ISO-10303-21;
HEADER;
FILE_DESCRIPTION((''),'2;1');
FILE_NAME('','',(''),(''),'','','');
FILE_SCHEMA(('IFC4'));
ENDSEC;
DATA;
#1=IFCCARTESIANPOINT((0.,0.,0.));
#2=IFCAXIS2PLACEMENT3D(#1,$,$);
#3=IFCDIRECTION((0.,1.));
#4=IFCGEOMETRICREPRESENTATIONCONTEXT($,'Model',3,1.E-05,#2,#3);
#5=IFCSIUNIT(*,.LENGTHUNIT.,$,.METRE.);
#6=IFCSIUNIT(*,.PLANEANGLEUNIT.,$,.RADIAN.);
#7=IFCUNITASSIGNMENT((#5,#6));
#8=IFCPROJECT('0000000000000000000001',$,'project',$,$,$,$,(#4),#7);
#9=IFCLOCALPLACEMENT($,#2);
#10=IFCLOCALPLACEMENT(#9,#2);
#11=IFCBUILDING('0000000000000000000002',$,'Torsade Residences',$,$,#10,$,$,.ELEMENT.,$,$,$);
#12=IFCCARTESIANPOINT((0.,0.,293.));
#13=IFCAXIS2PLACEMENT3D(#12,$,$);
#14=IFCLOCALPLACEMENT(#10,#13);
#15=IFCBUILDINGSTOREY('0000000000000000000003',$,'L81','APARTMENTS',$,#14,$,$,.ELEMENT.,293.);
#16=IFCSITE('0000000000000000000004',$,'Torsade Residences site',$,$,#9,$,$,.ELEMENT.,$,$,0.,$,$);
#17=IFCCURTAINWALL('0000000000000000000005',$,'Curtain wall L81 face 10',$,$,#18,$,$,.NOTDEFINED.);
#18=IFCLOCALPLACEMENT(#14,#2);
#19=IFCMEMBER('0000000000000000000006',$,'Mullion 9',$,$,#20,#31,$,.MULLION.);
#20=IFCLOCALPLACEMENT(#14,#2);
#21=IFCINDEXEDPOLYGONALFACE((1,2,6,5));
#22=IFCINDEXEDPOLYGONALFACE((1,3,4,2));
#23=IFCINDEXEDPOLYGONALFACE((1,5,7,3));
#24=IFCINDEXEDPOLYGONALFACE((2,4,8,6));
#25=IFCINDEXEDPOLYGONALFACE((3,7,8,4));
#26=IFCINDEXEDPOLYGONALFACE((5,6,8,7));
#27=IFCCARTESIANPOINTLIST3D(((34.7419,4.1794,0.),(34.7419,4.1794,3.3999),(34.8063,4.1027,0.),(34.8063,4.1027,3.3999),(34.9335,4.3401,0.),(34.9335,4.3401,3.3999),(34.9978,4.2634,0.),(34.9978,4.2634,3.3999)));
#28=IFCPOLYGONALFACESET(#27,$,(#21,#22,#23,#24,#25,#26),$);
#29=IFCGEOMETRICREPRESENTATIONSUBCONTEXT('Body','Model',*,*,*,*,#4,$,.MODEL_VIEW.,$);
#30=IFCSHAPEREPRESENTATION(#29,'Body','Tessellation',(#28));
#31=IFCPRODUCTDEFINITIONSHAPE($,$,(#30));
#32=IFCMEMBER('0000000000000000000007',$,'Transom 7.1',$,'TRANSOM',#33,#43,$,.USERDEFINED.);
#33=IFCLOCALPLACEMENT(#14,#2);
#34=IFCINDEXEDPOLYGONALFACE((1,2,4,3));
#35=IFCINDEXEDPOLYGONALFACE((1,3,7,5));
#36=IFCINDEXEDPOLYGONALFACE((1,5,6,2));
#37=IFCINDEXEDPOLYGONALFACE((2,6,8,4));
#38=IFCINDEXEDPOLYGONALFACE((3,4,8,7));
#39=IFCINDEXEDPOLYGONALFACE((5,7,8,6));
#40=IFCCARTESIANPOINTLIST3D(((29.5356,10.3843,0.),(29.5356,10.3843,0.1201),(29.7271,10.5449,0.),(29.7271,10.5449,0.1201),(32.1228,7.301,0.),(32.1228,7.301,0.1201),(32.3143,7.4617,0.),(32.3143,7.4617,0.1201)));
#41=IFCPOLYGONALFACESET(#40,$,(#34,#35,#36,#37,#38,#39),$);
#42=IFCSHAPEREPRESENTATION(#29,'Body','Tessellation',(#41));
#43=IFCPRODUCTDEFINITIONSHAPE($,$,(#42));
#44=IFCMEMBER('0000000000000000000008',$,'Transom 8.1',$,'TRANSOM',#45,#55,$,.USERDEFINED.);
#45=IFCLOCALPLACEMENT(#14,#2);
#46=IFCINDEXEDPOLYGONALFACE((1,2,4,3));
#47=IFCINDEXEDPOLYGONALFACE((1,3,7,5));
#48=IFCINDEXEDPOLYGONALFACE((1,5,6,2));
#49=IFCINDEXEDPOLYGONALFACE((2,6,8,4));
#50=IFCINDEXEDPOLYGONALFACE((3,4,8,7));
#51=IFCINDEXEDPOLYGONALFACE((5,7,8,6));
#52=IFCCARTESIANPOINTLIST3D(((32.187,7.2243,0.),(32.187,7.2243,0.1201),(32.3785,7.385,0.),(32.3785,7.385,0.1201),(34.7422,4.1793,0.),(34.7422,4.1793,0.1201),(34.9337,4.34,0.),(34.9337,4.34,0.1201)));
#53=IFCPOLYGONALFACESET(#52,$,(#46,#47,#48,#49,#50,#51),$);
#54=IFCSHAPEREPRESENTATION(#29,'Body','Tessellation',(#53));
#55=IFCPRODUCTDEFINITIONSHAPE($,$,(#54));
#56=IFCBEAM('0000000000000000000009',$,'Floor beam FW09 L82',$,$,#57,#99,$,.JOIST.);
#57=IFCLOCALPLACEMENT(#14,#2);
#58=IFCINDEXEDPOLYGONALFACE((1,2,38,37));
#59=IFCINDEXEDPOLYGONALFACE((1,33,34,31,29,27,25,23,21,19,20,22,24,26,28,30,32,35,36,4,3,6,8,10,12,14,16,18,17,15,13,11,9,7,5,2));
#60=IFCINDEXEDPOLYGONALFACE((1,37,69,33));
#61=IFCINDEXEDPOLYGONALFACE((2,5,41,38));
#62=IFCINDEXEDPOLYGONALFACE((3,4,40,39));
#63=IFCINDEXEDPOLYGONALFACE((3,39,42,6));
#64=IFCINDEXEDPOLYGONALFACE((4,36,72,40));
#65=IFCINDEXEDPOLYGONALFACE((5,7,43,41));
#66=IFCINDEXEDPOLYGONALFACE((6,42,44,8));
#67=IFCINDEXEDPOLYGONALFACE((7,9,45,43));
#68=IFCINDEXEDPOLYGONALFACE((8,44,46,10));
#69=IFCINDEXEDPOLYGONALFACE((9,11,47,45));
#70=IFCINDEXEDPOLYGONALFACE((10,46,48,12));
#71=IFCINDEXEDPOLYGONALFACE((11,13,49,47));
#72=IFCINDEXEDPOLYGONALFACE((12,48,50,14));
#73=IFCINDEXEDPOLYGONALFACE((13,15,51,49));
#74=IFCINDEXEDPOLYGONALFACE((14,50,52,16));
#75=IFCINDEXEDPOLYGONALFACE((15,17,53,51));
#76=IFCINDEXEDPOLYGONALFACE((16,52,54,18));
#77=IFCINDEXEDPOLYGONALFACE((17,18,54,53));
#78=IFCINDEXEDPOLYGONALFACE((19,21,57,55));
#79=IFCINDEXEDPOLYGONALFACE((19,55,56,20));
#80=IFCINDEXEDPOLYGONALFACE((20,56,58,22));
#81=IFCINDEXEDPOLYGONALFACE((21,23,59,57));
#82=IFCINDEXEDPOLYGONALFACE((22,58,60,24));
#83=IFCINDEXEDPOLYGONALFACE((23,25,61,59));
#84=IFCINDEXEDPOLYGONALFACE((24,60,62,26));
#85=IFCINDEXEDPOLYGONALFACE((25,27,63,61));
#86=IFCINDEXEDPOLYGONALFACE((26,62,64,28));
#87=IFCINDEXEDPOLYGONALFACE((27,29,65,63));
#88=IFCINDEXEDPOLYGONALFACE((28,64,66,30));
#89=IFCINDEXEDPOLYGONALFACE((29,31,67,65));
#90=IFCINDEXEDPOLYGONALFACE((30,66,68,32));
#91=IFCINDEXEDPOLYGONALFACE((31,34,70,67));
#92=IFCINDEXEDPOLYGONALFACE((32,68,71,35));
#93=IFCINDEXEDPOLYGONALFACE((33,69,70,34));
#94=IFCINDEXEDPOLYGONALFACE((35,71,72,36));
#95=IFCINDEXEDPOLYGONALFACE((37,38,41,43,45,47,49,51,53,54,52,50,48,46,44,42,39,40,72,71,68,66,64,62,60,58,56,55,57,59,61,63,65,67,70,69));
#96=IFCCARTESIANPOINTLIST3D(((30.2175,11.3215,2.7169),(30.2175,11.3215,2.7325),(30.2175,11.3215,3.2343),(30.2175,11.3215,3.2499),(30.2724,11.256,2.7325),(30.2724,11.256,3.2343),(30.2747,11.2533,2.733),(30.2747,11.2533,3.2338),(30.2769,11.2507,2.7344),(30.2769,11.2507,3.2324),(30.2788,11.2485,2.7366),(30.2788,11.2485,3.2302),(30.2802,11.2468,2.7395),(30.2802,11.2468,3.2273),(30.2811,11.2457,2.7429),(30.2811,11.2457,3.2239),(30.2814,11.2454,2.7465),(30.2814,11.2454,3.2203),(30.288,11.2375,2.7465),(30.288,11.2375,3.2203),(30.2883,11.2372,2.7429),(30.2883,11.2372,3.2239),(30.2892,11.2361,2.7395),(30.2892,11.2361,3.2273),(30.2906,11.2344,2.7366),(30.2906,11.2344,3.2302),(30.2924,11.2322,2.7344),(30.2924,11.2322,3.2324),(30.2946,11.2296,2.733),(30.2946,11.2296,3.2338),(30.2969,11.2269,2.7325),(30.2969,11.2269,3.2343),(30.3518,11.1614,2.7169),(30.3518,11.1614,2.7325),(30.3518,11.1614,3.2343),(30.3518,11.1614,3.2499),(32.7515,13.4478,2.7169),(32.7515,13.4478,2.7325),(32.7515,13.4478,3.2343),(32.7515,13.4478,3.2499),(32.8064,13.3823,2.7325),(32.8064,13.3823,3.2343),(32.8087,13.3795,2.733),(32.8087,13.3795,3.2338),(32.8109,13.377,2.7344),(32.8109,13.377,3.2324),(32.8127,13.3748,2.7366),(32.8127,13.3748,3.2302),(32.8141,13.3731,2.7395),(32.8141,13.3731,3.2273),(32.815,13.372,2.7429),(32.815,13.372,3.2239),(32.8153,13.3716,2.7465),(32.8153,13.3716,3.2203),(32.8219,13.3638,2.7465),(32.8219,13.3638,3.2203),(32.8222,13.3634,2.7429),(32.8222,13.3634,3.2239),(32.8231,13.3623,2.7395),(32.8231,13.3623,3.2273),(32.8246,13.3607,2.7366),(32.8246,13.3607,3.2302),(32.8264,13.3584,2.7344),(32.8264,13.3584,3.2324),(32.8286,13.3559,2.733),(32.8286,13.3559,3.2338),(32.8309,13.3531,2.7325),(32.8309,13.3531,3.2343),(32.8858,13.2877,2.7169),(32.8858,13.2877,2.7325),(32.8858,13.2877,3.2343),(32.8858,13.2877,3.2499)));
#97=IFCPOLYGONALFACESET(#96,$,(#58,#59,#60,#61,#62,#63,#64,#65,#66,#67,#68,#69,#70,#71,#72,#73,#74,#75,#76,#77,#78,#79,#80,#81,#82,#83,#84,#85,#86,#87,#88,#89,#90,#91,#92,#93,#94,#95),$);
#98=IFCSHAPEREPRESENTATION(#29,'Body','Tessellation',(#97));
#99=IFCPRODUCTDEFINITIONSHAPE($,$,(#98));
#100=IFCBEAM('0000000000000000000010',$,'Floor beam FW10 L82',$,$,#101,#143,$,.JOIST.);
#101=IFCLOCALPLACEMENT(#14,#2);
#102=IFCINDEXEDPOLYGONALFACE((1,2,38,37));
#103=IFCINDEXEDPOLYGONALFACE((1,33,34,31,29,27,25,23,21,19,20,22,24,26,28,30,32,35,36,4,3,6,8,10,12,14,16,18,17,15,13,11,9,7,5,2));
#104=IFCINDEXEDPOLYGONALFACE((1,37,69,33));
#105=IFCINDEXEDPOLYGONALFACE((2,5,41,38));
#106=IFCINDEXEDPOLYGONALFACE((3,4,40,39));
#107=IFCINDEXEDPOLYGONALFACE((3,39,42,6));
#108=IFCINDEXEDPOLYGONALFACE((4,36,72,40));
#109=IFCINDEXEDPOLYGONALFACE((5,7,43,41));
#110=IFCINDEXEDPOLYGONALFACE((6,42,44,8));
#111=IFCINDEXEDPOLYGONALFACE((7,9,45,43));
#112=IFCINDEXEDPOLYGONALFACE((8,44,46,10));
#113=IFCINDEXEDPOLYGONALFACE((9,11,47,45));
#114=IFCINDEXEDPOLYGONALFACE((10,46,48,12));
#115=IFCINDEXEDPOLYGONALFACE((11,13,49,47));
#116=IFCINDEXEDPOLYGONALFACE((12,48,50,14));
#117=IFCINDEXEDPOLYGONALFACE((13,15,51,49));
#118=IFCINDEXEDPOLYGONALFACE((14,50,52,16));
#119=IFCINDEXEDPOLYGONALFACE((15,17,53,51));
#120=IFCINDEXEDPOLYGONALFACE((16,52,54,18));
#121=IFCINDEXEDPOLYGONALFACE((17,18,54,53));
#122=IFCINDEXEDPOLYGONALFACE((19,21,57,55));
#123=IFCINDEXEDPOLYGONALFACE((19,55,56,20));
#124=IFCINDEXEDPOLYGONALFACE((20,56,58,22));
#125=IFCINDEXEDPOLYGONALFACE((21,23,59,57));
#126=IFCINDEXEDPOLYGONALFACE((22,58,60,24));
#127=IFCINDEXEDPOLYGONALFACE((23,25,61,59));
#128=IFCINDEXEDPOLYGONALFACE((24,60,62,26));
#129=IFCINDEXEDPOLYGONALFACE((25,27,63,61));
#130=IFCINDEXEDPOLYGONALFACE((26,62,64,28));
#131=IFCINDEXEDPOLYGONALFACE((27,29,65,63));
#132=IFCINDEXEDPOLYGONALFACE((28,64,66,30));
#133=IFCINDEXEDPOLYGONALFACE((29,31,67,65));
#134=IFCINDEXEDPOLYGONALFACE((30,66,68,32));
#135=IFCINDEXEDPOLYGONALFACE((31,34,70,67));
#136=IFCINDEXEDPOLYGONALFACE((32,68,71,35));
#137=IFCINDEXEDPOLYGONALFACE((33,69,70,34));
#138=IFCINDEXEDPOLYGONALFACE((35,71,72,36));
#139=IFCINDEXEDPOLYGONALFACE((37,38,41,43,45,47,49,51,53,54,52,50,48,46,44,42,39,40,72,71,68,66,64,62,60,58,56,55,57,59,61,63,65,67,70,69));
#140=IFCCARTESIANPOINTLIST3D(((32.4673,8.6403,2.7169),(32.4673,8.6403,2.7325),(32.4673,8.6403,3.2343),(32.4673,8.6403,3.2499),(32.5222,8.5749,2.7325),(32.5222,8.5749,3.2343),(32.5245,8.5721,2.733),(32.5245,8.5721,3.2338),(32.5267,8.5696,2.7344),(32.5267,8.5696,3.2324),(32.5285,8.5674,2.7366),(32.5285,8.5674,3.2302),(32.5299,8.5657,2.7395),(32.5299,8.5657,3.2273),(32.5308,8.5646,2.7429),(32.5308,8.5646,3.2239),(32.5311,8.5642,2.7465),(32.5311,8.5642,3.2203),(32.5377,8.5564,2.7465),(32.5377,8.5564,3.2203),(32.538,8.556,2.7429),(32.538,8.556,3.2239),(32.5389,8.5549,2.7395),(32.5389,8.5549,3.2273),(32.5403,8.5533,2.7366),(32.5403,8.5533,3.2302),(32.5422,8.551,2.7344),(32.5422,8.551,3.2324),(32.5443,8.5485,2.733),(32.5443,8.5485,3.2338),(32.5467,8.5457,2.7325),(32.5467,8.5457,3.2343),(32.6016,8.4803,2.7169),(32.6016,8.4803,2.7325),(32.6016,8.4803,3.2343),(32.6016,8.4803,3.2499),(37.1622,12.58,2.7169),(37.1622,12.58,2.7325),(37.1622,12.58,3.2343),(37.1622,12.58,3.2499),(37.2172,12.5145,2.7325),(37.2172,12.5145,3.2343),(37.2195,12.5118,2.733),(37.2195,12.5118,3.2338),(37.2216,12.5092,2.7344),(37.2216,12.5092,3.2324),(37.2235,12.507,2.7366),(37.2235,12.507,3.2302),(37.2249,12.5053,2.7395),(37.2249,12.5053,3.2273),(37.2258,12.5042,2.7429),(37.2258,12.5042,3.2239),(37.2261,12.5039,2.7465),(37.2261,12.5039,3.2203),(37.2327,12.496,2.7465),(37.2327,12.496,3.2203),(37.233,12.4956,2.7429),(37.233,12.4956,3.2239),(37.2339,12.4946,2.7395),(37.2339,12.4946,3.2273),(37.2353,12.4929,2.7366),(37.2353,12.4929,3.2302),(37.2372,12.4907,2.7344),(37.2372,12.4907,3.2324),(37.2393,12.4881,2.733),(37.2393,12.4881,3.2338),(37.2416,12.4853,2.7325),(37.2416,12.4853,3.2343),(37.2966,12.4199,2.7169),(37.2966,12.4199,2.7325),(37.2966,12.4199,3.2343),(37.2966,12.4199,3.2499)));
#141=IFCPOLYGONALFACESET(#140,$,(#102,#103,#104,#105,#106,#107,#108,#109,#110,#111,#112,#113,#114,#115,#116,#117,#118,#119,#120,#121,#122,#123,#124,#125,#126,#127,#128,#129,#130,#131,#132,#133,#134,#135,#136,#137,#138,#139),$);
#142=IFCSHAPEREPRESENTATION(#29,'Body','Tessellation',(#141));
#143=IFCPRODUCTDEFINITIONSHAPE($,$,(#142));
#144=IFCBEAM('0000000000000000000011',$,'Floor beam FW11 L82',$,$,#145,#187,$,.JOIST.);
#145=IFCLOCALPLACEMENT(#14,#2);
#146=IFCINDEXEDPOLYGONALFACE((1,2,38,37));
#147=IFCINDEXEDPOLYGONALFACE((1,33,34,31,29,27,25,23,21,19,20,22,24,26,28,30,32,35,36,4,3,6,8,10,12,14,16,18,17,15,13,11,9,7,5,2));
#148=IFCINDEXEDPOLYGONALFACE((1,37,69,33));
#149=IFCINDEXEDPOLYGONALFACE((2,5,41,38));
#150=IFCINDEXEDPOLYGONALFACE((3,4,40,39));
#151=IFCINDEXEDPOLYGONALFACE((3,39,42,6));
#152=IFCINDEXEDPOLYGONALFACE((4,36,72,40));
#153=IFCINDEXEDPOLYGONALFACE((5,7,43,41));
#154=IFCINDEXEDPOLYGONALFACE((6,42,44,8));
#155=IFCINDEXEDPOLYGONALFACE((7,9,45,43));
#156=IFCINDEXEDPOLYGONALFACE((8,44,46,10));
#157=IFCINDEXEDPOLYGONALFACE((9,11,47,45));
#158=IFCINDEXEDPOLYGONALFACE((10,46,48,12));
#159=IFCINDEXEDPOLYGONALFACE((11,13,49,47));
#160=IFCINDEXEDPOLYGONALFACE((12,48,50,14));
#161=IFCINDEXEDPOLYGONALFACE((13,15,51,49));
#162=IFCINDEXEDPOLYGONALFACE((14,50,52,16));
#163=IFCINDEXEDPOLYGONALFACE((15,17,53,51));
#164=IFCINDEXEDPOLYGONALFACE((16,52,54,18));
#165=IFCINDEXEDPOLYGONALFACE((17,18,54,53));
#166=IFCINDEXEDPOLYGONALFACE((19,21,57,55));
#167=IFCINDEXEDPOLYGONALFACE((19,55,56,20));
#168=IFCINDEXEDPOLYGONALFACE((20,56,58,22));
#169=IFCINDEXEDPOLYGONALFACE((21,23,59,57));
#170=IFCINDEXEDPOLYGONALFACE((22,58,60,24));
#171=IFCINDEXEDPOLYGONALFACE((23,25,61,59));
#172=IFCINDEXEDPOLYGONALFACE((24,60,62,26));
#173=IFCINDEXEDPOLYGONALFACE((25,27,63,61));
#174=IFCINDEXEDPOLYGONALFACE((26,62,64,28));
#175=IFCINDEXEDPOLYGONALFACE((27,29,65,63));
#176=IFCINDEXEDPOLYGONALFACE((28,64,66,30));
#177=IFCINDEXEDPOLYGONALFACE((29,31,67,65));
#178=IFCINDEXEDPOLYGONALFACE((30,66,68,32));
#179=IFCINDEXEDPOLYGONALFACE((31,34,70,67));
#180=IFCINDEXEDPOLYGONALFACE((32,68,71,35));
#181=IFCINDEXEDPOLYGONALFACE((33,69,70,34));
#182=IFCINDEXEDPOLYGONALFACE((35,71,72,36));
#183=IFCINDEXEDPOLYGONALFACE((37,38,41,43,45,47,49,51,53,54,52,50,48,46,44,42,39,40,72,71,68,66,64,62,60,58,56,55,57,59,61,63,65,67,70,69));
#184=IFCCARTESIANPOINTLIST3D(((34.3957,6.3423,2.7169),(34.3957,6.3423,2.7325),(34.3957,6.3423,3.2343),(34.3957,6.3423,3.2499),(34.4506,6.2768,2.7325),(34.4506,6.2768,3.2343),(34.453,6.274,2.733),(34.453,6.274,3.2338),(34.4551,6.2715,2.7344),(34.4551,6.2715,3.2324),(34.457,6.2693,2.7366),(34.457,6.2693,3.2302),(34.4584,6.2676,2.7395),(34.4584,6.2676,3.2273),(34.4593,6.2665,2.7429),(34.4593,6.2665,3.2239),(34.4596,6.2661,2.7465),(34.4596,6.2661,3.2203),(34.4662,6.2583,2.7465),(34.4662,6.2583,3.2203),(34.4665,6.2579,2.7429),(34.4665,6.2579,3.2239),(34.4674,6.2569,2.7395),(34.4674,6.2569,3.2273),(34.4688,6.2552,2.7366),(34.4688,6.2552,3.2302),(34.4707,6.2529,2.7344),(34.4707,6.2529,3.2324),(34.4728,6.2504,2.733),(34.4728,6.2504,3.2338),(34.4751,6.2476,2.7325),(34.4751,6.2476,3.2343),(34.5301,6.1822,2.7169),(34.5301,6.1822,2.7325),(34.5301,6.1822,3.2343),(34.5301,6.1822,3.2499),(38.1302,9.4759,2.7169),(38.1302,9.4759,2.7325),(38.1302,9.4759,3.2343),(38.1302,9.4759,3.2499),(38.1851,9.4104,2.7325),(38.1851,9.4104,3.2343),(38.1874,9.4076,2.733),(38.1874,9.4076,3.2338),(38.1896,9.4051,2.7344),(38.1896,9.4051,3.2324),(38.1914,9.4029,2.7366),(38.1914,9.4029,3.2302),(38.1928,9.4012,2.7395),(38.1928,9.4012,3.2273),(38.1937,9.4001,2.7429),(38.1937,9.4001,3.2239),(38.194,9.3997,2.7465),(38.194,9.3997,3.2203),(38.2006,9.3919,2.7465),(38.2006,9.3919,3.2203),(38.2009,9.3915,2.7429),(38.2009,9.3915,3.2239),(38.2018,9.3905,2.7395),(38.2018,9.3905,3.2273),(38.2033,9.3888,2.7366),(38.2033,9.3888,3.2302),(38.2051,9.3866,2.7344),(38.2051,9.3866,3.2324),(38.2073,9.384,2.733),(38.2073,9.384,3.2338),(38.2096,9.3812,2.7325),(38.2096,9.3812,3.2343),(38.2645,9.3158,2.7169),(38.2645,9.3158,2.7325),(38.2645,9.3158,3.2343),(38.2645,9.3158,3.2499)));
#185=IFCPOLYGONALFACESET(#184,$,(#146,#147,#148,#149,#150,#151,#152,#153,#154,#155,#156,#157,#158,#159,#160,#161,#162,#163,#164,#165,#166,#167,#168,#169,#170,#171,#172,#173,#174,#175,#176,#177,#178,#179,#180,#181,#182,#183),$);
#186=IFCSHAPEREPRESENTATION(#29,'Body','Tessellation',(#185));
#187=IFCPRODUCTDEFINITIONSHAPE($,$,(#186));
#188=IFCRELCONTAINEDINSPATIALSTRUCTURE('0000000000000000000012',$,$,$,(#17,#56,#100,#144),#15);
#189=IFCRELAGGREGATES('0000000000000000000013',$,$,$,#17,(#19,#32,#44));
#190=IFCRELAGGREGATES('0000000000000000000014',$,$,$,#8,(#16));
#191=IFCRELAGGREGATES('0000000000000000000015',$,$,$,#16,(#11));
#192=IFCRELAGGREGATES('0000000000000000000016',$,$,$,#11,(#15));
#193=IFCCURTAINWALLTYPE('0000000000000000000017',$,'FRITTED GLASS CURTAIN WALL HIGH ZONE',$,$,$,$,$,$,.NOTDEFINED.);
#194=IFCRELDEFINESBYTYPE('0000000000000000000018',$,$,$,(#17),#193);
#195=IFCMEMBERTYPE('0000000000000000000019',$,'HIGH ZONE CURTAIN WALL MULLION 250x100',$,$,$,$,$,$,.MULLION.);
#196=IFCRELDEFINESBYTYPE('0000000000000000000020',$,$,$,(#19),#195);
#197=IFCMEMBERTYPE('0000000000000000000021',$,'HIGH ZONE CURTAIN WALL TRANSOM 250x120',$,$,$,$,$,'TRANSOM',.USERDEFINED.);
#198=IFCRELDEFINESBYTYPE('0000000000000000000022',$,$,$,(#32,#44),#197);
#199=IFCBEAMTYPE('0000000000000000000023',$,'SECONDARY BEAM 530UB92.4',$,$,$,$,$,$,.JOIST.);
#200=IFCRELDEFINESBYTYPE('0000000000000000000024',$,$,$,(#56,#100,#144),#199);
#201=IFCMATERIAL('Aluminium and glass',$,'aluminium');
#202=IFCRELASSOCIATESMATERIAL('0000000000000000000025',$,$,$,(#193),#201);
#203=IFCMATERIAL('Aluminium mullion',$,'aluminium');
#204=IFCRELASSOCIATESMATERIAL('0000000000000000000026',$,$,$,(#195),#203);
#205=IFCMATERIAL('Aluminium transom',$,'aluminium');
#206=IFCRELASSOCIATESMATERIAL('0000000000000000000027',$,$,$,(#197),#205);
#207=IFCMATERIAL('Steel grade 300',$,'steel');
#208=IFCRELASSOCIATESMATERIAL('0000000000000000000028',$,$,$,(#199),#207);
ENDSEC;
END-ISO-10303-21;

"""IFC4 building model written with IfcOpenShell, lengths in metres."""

from ifc_helpers import new_model, si_unit, direction, frame, origin, origin_2d, place, context, subcontext, project, spatial, rectangle, i_section, extrude, material, material_profile, profile_set, type_object, element, aggregate, save


model = new_model("IFC4")

# Units and contexts
model_context = context("Model", 3, precision=1e-05, world=origin(), true_north=direction((0.0, 1.0)))
body_context = subcontext(model_context, "Body", "Model", "MODEL_VIEW")
ifc_project = project(units=[si_unit("LENGTHUNIT", "METRE"), si_unit("PLANEANGLEUNIT", "RADIAN")], contexts=[model_context])

# Site, building, storey
site_placement = place(None, origin())
site = spatial("IfcSite", under=ifc_project, at=site_placement, Name="Torsade Residences site", CompositionType="ELEMENT", RefElevation=0.0)
building_placement = place(site_placement, origin())
building = spatial("IfcBuilding", under=site, at=building_placement, Name="Torsade Residences", CompositionType="ELEMENT")
storey_placement = place(building_placement, frame((0.0, 0.0, 293.0)))
storey = spatial("IfcBuildingStorey", under=building, at=storey_placement, Name="L81", Description="APARTMENTS", CompositionType="ELEMENT", Elevation=293.0)

# Curtain wall, members
ifc_material_1 = material(Name="Aluminium and glass", Category="aluminium")
curtain_wall_type = type_object("IfcCurtainWallType", Name="FRITTED GLASS CURTAIN WALL HIGH ZONE", PredefinedType="NOTDEFINED", material=ifc_material_1)
curtain_wall_placement = place(storey_placement, origin())
curtain_wall = element("IfcCurtainWall", 1, at=curtain_wall_placement, inside=storey, type_object=curtain_wall_type, Name="Curtain wall L81 face 10", PredefinedType="NOTDEFINED")
ifc_material_2 = material(Name="Aluminium mullion", Category="aluminium")
ifc_material_profile_1 = material_profile(ifc_material_2, rectangle(XDim=0.25, YDim=0.1001, at=origin_2d()), Name="HIGH ZONE CURTAIN WALL MULLION 250x100")
ifc_profile_set_1 = profile_set([ifc_material_profile_1], Name="Aluminium mullion")
member_type_1 = type_object("IfcMemberType", Name="HIGH ZONE CURTAIN WALL MULLION 250x100", PredefinedType="MULLION", material=ifc_profile_set_1)
member_1_placement = place(storey_placement, frame((34.8699, 4.2214, 0.0), z_axis=(0.0, 0.0, 1.0), x_axis=(0.766044, 0.642788, 0.0)))
member_1 = element("IfcMember", 2, at=member_1_placement, type_object=member_type_1, Name="Mullion 9", PredefinedType="MULLION", context=body_context, shape_type="SweptSolid", body=[
    extrude(rectangle(XDim=0.25, YDim=0.1001, at=origin_2d()), origin(), (0.0, 0.0, 1.0), 3.3999),
])
ifc_material_3 = material(Name="Aluminium transom", Category="aluminium")
ifc_material_profile_2 = material_profile(ifc_material_3, rectangle(XDim=0.25, YDim=0.1201, at=origin_2d()), Name="HIGH ZONE CURTAIN WALL TRANSOM 250x120")
ifc_profile_set_2 = profile_set([ifc_material_profile_2], Name="Aluminium transom")
member_type_2 = type_object("IfcMemberType", Name="HIGH ZONE CURTAIN WALL TRANSOM 250x120", ElementType="TRANSOM", PredefinedType="USERDEFINED", material=ifc_profile_set_2)
member_2_placement = place(storey_placement, frame((29.6313, 10.4646, 0.0601), z_axis=(0.642788, -0.766044, 0.0), x_axis=(0.766044, 0.642788, 0.0)))
member_2 = element("IfcMember", 3, at=member_2_placement, type_object=member_type_2, Name="Transom 7.1", ObjectType="TRANSOM", PredefinedType="USERDEFINED", context=body_context, shape_type="SweptSolid", body=[
    extrude(rectangle(XDim=0.25, YDim=0.1201, at=origin_2d()), origin(), (0.0, 0.0, 1.0), 4.0249),
])
member_3_placement = place(storey_placement, frame((32.2827, 7.3047, 0.0601), z_axis=(0.642815, -0.766022, 0.0), x_axis=(0.766022, 0.642815, 0.0)))
member_3 = element("IfcMember", 4, at=member_3_placement, type_object=member_type_2, Name="Transom 8.1", ObjectType="TRANSOM", PredefinedType="USERDEFINED", context=body_context, shape_type="SweptSolid", body=[
    extrude(rectangle(XDim=0.25, YDim=0.1201, at=origin_2d()), origin(), (0.0, 0.0, 1.0), 3.9751),
])

# Beams
ifc_material_4 = material(Name="Steel grade 300", Category="steel")
ifc_material_profile_3 = material_profile(ifc_material_4, i_section(OverallWidth=0.209, OverallDepth=0.533, WebThickness=0.0103, FlangeThickness=0.0156, FilletRadius=0.0139, at=origin_2d()), Name="530UB92.4")
ifc_profile_set_3 = profile_set([ifc_material_profile_3], Name="Steel grade 300")
beam_type_1 = type_object("IfcBeamType", Name="SECONDARY BEAM 530UB92.4", PredefinedType="JOIST", material=ifc_profile_set_3)
beam_1_placement = place(storey_placement, frame((30.2847, 11.2415, 2.9834), z_axis=(0.766045, 0.642787, 0.0), x_axis=(-0.642787, 0.766045, 0.0)))
element("IfcBeam", 5, at=beam_1_placement, inside=storey, type_object=beam_type_1, Name="Floor beam FW09 L82", PredefinedType="JOIST", context=body_context, shape_type="SweptSolid", body=[
    extrude(i_section(OverallWidth=0.209, OverallDepth=0.533, WebThickness=0.0103, FlangeThickness=0.0156, FilletRadius=0.0139, at=origin_2d()), origin(), (0.0, 0.0, 1.0), 3.3079),
])
beam_2_placement = place(storey_placement, frame((32.5344, 8.5603, 2.9834), z_axis=(0.766039, 0.642794, 0.0), x_axis=(-0.642794, 0.766039, 0.0)))
element("IfcBeam", 6, at=beam_2_placement, inside=storey, type_object=beam_type_1, Name="Floor beam FW10 L82", PredefinedType="JOIST", context=body_context, shape_type="SweptSolid", body=[
    extrude(i_section(OverallWidth=0.209, OverallDepth=0.533, WebThickness=0.0103, FlangeThickness=0.0156, FilletRadius=0.0139, at=origin_2d()), origin(), (0.0, 0.0, 1.0), 6.1289),
])
beam_3_placement = place(storey_placement, frame((34.4629, 6.2622, 2.9834), z_axis=(0.766041, 0.642791, 0.0), x_axis=(-0.642791, 0.766041, 0.0)))
element("IfcBeam", 7, at=beam_3_placement, inside=storey, type_object=beam_type_1, Name="Floor beam FW11 L82", PredefinedType="JOIST", context=body_context, shape_type="SweptSolid", body=[
    extrude(i_section(OverallWidth=0.209, OverallDepth=0.533, WebThickness=0.0103, FlangeThickness=0.0156, FilletRadius=0.0139, at=origin_2d()), origin(), (0.0, 0.0, 1.0), 4.875),
])

aggregate(curtain_wall, [member_1, member_2, member_3])

save(model, "model.ifc")
